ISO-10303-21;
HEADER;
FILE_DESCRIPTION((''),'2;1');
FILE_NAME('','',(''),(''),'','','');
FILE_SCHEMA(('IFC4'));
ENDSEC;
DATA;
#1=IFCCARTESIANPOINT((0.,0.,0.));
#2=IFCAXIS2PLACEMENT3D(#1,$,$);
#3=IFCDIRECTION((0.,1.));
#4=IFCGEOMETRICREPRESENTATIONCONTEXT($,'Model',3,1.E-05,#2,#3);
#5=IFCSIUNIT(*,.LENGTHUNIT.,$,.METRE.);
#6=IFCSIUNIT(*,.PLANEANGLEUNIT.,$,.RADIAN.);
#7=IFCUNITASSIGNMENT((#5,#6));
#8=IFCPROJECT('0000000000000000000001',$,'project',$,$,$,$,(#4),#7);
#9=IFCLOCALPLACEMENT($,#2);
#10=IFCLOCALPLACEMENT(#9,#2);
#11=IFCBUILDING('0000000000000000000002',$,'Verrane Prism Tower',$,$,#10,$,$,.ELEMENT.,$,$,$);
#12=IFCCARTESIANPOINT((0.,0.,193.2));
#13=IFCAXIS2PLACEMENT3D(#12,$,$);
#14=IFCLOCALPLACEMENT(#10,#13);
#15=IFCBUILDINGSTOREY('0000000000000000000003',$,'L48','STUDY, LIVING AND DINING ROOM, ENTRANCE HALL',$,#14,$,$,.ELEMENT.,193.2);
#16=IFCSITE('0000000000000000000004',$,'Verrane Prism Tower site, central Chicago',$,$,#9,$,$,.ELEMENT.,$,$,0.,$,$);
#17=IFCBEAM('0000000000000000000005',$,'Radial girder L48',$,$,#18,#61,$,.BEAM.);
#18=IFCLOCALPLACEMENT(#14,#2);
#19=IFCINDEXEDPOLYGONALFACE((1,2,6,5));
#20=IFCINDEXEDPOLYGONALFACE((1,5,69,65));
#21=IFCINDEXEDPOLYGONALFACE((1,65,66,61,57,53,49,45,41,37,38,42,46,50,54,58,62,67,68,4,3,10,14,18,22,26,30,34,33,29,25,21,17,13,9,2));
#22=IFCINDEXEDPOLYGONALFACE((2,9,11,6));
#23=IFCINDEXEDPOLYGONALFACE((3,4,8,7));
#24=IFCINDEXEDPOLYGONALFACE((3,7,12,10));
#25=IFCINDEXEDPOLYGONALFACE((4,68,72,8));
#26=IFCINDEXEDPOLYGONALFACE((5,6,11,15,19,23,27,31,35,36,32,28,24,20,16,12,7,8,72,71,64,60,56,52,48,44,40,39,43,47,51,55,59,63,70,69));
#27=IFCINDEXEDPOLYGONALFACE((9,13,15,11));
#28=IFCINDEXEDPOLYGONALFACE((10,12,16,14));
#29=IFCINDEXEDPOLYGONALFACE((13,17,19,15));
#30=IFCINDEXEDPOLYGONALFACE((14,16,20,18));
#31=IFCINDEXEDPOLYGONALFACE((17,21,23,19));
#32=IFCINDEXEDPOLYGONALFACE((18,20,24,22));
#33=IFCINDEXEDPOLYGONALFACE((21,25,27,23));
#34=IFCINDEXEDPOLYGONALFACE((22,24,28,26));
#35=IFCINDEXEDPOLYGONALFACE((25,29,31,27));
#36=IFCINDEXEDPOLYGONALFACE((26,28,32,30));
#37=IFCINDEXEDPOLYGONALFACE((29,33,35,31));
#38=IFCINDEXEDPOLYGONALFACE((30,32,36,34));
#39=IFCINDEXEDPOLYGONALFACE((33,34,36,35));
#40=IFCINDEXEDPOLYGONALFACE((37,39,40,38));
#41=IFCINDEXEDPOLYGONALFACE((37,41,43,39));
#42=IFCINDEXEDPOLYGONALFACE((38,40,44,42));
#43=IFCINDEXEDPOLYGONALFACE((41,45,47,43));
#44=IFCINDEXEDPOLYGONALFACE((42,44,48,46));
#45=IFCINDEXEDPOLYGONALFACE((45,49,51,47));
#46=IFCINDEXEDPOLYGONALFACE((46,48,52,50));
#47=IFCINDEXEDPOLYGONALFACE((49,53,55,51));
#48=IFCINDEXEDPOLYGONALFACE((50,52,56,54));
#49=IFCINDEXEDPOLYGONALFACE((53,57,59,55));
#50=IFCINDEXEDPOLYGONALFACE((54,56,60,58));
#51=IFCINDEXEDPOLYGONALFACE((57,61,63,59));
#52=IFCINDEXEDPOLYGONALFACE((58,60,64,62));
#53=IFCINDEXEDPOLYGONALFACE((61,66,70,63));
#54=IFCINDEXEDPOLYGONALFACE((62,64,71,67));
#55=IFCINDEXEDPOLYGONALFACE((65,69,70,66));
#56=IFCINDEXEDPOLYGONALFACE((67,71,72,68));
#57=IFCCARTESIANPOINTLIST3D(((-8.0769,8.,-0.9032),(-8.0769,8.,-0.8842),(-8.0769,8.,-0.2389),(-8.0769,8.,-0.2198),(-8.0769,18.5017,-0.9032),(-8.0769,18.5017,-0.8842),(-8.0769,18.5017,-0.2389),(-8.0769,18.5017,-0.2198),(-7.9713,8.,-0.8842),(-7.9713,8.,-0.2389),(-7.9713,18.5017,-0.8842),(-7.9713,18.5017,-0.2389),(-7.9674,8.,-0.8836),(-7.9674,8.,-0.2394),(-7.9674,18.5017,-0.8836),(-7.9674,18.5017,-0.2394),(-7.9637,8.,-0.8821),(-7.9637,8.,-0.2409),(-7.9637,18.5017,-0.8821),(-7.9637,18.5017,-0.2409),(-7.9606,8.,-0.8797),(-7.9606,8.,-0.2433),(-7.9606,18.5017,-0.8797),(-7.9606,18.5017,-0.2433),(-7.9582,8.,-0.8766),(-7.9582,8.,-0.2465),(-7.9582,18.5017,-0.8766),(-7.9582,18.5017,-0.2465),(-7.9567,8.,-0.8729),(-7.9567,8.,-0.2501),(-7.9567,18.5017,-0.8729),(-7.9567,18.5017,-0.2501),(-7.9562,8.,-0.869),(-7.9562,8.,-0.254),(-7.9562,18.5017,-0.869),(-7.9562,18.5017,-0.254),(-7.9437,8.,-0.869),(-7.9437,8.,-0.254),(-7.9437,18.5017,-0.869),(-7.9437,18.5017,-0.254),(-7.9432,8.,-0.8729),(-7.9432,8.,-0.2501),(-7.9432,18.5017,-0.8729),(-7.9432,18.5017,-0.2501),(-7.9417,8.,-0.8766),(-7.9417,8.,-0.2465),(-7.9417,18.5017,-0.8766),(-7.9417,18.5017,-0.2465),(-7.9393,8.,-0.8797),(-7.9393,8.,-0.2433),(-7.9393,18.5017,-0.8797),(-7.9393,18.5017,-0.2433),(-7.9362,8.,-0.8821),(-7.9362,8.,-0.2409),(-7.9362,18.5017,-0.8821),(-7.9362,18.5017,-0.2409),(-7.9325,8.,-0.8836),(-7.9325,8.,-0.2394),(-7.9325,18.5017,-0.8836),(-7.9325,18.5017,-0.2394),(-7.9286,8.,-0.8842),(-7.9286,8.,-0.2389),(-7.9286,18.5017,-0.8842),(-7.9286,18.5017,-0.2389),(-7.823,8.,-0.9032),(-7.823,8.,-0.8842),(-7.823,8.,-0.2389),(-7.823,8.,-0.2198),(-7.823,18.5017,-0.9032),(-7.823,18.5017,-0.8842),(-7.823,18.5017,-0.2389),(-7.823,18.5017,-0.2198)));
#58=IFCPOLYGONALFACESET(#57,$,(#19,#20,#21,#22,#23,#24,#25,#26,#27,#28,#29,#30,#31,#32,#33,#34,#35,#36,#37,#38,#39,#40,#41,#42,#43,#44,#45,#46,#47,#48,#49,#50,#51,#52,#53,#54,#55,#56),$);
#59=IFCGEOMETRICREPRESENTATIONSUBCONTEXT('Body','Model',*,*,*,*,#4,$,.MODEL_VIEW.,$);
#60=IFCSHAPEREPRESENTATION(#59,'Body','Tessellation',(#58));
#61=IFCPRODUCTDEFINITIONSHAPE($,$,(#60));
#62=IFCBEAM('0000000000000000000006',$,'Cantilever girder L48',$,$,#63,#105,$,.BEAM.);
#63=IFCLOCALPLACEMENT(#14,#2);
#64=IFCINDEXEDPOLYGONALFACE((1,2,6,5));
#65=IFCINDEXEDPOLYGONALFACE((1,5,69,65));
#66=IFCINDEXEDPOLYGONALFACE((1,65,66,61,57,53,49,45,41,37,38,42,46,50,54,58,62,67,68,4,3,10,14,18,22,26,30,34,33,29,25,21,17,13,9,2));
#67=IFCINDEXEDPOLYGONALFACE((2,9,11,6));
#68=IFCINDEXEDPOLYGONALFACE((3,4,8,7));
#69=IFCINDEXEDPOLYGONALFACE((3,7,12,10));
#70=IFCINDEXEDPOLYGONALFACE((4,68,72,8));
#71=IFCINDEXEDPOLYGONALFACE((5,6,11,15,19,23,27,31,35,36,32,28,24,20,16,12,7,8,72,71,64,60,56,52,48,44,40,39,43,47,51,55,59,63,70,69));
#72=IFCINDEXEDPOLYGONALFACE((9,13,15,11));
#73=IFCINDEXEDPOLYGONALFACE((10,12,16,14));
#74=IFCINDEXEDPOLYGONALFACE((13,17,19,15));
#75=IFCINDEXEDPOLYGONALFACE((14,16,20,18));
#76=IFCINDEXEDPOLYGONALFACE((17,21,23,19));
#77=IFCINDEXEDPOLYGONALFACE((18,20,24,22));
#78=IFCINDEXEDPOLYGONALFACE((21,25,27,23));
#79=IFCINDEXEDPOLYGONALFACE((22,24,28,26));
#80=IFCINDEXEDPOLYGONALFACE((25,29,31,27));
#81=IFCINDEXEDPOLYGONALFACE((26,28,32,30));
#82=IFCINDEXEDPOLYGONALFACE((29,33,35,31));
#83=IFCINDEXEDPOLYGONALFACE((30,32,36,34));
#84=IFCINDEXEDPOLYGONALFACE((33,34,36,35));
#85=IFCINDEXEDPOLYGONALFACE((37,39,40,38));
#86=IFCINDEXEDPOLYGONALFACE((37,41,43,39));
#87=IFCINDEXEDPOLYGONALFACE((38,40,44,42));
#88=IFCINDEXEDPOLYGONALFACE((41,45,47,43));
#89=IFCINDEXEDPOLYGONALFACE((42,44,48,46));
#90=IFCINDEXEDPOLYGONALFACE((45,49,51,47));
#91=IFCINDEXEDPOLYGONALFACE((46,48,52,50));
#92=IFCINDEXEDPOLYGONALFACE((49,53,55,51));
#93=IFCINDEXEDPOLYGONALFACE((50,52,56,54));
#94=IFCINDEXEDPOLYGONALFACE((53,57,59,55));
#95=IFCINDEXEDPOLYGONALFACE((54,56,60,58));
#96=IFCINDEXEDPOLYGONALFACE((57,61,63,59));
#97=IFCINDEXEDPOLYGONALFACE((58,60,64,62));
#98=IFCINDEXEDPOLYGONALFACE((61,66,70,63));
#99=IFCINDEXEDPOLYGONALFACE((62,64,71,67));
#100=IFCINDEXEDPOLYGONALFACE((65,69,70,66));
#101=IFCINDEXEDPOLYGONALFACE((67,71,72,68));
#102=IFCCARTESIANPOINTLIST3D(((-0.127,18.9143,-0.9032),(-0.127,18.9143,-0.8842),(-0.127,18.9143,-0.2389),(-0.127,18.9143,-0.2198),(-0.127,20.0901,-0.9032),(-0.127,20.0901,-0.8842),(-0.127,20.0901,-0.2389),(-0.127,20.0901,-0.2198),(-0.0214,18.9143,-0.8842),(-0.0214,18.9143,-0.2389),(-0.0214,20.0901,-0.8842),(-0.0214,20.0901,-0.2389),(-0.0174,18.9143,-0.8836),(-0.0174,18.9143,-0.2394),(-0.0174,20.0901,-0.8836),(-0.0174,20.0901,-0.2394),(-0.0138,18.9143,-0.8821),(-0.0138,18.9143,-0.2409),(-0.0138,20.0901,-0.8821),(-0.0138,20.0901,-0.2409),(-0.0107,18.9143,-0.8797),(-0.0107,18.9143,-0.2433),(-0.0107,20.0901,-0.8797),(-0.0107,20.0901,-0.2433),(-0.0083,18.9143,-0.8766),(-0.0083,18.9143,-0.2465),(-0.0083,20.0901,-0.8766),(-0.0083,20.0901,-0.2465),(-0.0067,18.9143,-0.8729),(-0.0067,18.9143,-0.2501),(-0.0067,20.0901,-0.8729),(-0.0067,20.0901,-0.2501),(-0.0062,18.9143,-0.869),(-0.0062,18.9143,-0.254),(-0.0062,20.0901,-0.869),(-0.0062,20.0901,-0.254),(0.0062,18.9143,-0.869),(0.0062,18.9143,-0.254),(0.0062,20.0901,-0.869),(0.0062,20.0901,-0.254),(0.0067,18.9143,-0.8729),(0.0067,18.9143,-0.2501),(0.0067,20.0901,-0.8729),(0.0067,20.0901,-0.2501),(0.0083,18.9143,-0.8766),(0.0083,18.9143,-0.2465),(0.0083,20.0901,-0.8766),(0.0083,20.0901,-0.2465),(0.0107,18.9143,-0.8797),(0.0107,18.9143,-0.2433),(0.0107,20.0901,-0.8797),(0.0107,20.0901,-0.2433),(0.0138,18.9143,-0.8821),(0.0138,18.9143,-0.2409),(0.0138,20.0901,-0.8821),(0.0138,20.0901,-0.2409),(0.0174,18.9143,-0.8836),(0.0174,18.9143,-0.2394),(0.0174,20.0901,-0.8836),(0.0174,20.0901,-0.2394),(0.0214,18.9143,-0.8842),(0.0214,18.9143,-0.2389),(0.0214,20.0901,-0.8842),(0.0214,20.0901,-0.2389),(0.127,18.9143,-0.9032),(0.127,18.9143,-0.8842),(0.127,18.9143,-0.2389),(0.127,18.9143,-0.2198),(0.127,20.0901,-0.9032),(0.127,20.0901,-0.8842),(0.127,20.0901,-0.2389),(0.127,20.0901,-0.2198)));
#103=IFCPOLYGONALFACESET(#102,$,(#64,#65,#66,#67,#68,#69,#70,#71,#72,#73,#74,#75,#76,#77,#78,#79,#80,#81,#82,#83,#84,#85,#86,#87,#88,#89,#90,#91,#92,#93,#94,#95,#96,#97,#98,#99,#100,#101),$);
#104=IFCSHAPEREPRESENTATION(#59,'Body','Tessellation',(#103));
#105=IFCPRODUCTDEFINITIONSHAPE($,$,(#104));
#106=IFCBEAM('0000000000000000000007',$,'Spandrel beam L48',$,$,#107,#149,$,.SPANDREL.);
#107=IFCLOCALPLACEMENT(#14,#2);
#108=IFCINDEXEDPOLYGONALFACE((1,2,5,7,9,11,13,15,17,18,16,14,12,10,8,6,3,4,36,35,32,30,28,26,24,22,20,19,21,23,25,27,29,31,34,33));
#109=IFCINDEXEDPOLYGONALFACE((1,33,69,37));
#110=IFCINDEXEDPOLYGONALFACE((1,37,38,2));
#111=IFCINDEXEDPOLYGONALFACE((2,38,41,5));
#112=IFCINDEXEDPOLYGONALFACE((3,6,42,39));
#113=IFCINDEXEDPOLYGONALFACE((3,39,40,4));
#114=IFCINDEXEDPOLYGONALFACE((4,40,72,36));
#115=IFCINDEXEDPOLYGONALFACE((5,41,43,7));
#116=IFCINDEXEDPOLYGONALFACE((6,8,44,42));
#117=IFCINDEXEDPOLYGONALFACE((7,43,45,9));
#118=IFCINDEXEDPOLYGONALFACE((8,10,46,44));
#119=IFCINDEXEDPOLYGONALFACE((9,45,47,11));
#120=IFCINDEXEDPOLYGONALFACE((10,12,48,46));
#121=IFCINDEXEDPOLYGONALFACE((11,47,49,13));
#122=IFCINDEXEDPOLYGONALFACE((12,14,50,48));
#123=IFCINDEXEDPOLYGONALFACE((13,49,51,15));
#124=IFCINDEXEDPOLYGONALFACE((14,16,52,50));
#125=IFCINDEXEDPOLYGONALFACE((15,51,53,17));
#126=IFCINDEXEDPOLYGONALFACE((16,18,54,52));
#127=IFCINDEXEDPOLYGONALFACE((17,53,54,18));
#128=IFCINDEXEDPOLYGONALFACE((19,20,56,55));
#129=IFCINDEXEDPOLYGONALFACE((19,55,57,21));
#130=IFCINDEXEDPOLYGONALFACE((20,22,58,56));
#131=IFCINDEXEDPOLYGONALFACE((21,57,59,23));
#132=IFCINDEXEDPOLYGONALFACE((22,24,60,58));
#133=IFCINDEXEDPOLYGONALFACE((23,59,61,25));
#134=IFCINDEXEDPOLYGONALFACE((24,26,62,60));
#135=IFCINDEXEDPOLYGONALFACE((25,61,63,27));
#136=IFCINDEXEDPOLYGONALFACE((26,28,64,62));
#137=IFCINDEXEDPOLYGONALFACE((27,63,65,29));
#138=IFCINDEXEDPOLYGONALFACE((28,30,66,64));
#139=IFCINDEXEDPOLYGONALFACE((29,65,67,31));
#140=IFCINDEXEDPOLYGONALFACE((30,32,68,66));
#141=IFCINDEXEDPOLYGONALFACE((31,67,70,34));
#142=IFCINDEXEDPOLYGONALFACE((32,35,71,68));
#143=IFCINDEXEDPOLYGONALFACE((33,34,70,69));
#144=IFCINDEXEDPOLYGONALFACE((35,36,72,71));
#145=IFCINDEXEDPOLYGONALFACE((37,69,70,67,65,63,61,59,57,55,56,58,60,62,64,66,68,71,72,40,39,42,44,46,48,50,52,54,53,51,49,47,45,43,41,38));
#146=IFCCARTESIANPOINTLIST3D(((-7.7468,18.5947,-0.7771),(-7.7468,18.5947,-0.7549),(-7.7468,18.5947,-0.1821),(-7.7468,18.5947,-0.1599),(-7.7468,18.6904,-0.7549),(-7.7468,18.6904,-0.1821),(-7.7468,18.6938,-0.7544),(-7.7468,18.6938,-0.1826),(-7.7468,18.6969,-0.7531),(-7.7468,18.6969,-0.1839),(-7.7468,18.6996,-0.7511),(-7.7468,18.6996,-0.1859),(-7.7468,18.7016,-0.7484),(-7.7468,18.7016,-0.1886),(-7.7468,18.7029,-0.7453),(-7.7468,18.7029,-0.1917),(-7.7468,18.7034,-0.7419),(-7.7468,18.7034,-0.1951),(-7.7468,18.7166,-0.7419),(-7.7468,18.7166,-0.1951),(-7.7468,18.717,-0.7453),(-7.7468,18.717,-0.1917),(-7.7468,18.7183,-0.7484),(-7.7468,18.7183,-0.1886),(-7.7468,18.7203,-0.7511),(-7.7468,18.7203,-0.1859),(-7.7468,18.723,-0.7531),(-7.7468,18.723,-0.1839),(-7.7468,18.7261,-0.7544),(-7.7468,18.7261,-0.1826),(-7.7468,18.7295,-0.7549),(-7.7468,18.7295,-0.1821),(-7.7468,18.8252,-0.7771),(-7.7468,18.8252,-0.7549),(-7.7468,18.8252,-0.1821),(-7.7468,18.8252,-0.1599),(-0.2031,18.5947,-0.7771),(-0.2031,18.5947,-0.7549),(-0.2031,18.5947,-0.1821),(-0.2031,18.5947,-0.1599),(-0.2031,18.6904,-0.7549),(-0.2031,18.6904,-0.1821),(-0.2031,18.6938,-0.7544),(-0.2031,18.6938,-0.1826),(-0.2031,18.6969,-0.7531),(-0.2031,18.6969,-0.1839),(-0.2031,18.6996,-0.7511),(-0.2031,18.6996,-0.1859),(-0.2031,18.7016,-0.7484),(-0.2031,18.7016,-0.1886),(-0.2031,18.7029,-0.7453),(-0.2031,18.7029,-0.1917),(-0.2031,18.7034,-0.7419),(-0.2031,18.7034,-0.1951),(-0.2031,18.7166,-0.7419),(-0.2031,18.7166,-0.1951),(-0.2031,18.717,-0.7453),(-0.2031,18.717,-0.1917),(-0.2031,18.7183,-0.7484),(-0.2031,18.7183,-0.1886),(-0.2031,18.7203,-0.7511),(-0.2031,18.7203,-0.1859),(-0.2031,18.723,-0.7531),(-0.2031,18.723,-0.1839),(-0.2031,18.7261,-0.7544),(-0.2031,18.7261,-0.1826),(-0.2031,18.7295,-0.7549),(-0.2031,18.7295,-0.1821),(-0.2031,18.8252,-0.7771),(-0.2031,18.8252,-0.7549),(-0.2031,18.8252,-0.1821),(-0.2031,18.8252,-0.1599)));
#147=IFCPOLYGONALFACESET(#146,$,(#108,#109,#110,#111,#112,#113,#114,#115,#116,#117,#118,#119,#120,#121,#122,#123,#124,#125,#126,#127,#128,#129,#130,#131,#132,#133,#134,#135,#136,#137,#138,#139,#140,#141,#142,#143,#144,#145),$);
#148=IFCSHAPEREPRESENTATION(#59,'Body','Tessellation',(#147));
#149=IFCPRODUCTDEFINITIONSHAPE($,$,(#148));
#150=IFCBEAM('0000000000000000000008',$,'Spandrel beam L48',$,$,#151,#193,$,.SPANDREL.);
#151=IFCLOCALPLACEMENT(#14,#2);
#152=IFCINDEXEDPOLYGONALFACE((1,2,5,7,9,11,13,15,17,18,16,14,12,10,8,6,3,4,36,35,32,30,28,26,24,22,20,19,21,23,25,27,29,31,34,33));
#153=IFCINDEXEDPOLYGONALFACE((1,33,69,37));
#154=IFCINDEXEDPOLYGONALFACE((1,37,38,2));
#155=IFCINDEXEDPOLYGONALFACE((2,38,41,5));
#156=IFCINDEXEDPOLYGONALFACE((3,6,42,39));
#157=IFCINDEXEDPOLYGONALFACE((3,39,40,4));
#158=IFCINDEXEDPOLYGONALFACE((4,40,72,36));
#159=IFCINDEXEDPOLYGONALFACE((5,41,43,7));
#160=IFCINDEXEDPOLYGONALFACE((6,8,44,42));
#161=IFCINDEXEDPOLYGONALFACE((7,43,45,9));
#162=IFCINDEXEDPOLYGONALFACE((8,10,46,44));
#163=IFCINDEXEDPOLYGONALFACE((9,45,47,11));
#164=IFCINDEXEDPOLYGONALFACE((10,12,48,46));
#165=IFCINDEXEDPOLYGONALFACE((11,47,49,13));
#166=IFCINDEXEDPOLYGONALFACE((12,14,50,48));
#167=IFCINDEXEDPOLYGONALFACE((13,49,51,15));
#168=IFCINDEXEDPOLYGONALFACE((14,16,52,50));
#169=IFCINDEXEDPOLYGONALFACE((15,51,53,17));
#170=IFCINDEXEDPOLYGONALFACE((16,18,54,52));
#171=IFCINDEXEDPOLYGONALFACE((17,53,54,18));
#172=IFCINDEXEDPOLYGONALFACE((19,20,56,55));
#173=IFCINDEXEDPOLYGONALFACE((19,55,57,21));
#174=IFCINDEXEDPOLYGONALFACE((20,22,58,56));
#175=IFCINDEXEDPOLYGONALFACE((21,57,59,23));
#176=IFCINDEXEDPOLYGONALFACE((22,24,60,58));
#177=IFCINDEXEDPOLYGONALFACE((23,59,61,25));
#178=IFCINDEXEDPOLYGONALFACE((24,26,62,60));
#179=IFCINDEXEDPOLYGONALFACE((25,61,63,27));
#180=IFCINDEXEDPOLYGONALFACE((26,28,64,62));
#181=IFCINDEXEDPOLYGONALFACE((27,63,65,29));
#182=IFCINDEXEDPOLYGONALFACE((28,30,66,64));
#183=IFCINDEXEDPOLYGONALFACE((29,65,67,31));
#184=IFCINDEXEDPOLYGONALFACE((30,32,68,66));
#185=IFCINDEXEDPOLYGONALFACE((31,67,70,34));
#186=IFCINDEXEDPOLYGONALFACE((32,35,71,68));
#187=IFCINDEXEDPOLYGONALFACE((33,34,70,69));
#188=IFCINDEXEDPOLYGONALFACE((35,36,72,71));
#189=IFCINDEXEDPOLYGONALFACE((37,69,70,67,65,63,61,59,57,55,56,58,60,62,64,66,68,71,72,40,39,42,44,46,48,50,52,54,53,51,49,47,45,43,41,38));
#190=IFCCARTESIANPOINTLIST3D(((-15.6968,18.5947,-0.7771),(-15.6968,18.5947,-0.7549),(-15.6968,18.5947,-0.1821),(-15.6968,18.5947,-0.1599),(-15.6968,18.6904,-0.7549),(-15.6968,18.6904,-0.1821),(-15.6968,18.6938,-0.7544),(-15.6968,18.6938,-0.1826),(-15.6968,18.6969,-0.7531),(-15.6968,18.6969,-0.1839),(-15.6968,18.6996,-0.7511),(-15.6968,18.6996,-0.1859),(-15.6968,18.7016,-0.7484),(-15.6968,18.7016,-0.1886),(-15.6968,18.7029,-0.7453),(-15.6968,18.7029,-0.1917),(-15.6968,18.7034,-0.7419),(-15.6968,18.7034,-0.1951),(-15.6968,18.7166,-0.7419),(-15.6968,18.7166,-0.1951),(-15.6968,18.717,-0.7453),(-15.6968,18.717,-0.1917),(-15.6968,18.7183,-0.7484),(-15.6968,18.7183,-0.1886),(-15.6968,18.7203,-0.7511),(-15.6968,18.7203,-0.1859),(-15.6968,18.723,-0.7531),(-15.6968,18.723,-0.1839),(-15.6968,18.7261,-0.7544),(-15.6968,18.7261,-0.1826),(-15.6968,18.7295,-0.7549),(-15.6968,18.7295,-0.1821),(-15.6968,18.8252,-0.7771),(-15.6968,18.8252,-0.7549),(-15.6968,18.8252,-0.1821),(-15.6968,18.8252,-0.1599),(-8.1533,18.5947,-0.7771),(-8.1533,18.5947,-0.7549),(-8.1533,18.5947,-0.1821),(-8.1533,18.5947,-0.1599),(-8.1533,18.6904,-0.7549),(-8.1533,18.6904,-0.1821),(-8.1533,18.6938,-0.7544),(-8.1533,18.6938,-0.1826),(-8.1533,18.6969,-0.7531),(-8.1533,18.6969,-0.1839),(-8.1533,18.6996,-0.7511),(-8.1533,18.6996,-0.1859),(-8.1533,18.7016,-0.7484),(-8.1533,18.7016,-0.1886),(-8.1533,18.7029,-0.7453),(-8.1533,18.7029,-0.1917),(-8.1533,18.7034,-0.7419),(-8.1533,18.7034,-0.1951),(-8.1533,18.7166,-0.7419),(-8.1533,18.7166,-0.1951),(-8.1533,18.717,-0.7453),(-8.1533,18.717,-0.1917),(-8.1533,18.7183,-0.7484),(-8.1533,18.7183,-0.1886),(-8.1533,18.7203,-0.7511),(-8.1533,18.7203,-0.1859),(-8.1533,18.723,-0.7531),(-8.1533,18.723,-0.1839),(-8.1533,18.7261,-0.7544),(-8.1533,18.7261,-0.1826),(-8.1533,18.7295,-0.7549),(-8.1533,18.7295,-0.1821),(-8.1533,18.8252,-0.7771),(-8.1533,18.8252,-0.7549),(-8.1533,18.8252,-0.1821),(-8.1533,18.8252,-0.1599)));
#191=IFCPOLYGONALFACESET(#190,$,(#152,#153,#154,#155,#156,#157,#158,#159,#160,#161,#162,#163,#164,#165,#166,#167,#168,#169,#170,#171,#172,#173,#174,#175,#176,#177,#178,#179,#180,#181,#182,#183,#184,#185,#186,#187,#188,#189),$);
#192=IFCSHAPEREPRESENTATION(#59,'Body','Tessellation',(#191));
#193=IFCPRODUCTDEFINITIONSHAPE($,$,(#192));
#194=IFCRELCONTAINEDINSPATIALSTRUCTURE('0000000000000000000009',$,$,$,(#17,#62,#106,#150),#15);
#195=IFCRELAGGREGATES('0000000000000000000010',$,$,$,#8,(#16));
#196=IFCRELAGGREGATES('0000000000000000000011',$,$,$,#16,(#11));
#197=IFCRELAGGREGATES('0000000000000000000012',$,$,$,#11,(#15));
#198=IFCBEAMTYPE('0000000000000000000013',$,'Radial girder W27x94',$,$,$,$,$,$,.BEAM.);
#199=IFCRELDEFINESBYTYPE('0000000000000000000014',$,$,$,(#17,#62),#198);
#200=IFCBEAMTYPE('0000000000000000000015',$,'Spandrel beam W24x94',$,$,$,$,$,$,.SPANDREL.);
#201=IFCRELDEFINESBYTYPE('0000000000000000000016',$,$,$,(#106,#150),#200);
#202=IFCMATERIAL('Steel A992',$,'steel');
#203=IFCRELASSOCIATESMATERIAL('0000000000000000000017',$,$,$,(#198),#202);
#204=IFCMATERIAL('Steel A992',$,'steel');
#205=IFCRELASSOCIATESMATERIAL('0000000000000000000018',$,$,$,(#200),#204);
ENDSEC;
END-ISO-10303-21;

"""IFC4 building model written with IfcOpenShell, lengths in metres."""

from ifc_helpers import new_model, si_unit, direction, frame, origin, origin_2d, place, context, subcontext, project, spatial, i_section, extrude, material, material_profile, profile_set, type_object, element, save


model = new_model("IFC4")

# Units and contexts
model_context = context("Model", 3, precision=1e-05, world=origin(), true_north=direction((0.0, 1.0)))
body_context = subcontext(model_context, "Body", "Model", "MODEL_VIEW")
ifc_project = project(units=[si_unit("LENGTHUNIT", "METRE"), si_unit("PLANEANGLEUNIT", "RADIAN")], contexts=[model_context])

# Site, building, storey
site_placement = place(None, origin())
site = spatial("IfcSite", under=ifc_project, at=site_placement, Name="Verrane Prism Tower site, central Chicago", CompositionType="ELEMENT", RefElevation=0.0)
building_placement = place(site_placement, origin())
building = spatial("IfcBuilding", under=site, at=building_placement, Name="Verrane Prism Tower", CompositionType="ELEMENT")
storey_placement = place(building_placement, frame((0.0, 0.0, 193.2)))
storey = spatial("IfcBuildingStorey", under=building, at=storey_placement, Name="L48", Description="STUDY, LIVING AND DINING ROOM, ENTRANCE HALL", CompositionType="ELEMENT", Elevation=193.2)

# Beams
ifc_material_1 = material(Name="Steel A992", Category="steel")
ifc_material_profile_1 = material_profile(ifc_material_1, i_section(OverallWidth=0.2539, OverallDepth=0.6833, WebThickness=0.0125, FlangeThickness=0.019, FilletRadius=0.0151, at=origin_2d()), Name="W27x94")
ifc_profile_set_1 = profile_set([ifc_material_profile_1], Name="Steel A992")
beam_type_1 = type_object("IfcBeamType", Name="Radial girder W27x94", PredefinedType="BEAM", material=ifc_profile_set_1)
for number, where, z_axis, x_axis, name in (
    (1, (-7.95, 18.5017, -0.5615), (0.0, -1.0, 0.0), (1.0, 0.0, 0.0), "Radial girder L48"),
):
    element("IfcBeam", number, at=place(storey_placement, frame(where, z_axis=z_axis, x_axis=x_axis)), inside=storey, type_object=beam_type_1, Name=name, PredefinedType="BEAM", context=body_context, shape_type="SweptSolid", body=[
        extrude(i_section(OverallWidth=0.2539, OverallDepth=0.6833, WebThickness=0.0125, FlangeThickness=0.019, FilletRadius=0.0151, at=origin_2d()), origin(), (0.0, 0.0, 1.0), 10.5017),
    ])
beam_1_placement = place(storey_placement, frame((0.0, 18.9143, -0.5615), z_axis=(0.0, 1.0, 0.0), x_axis=(-1.0, 0.0, 0.0)))
element("IfcBeam", 2, at=beam_1_placement, inside=storey, type_object=beam_type_1, Name="Cantilever girder L48", PredefinedType="BEAM", context=body_context, shape_type="SweptSolid", body=[
    extrude(i_section(OverallWidth=0.2539, OverallDepth=0.6833, WebThickness=0.0125, FlangeThickness=0.019, FilletRadius=0.0151, at=origin_2d()), origin(), (0.0, 0.0, 1.0), 1.1758),
])
ifc_material_2 = material(Name="Steel A992", Category="steel")
ifc_material_profile_2 = material_profile(ifc_material_2, i_section(OverallWidth=0.2305, OverallDepth=0.6172, WebThickness=0.0132, FlangeThickness=0.0222, FilletRadius=0.0129, at=origin_2d()), Name="W24x94")
ifc_profile_set_2 = profile_set([ifc_material_profile_2], Name="Steel A992")
beam_type_2 = type_object("IfcBeamType", Name="Spandrel beam W24x94", PredefinedType="SPANDREL", material=ifc_profile_set_2)
beam_2_placement = place(storey_placement, frame((-0.2031, 18.71, -0.4685), z_axis=(-1.0, 0.0, 0.0), x_axis=(0.0, -1.0, 0.0)))
element("IfcBeam", 3, at=beam_2_placement, inside=storey, type_object=beam_type_2, Name="Spandrel beam L48", PredefinedType="SPANDREL", context=body_context, shape_type="SweptSolid", body=[
    extrude(i_section(OverallWidth=0.2305, OverallDepth=0.6172, WebThickness=0.0132, FlangeThickness=0.0222, FilletRadius=0.0129, at=origin_2d()), origin(), (0.0, 0.0, 1.0), 7.5437),
])
beam_3_placement = place(storey_placement, frame((-8.1533, 18.71, -0.4685), z_axis=(-1.0, 0.0, 0.0), x_axis=(0.0, -1.0, 0.0)))
element("IfcBeam", 4, at=beam_3_placement, inside=storey, type_object=beam_type_2, Name="Spandrel beam L48", PredefinedType="SPANDREL", context=body_context, shape_type="SweptSolid", body=[
    extrude(i_section(OverallWidth=0.2305, OverallDepth=0.6172, WebThickness=0.0132, FlangeThickness=0.0222, FilletRadius=0.0129, at=origin_2d()), origin(), (0.0, 0.0, 1.0), 7.5435),
])

save(model, "model.ifc")
